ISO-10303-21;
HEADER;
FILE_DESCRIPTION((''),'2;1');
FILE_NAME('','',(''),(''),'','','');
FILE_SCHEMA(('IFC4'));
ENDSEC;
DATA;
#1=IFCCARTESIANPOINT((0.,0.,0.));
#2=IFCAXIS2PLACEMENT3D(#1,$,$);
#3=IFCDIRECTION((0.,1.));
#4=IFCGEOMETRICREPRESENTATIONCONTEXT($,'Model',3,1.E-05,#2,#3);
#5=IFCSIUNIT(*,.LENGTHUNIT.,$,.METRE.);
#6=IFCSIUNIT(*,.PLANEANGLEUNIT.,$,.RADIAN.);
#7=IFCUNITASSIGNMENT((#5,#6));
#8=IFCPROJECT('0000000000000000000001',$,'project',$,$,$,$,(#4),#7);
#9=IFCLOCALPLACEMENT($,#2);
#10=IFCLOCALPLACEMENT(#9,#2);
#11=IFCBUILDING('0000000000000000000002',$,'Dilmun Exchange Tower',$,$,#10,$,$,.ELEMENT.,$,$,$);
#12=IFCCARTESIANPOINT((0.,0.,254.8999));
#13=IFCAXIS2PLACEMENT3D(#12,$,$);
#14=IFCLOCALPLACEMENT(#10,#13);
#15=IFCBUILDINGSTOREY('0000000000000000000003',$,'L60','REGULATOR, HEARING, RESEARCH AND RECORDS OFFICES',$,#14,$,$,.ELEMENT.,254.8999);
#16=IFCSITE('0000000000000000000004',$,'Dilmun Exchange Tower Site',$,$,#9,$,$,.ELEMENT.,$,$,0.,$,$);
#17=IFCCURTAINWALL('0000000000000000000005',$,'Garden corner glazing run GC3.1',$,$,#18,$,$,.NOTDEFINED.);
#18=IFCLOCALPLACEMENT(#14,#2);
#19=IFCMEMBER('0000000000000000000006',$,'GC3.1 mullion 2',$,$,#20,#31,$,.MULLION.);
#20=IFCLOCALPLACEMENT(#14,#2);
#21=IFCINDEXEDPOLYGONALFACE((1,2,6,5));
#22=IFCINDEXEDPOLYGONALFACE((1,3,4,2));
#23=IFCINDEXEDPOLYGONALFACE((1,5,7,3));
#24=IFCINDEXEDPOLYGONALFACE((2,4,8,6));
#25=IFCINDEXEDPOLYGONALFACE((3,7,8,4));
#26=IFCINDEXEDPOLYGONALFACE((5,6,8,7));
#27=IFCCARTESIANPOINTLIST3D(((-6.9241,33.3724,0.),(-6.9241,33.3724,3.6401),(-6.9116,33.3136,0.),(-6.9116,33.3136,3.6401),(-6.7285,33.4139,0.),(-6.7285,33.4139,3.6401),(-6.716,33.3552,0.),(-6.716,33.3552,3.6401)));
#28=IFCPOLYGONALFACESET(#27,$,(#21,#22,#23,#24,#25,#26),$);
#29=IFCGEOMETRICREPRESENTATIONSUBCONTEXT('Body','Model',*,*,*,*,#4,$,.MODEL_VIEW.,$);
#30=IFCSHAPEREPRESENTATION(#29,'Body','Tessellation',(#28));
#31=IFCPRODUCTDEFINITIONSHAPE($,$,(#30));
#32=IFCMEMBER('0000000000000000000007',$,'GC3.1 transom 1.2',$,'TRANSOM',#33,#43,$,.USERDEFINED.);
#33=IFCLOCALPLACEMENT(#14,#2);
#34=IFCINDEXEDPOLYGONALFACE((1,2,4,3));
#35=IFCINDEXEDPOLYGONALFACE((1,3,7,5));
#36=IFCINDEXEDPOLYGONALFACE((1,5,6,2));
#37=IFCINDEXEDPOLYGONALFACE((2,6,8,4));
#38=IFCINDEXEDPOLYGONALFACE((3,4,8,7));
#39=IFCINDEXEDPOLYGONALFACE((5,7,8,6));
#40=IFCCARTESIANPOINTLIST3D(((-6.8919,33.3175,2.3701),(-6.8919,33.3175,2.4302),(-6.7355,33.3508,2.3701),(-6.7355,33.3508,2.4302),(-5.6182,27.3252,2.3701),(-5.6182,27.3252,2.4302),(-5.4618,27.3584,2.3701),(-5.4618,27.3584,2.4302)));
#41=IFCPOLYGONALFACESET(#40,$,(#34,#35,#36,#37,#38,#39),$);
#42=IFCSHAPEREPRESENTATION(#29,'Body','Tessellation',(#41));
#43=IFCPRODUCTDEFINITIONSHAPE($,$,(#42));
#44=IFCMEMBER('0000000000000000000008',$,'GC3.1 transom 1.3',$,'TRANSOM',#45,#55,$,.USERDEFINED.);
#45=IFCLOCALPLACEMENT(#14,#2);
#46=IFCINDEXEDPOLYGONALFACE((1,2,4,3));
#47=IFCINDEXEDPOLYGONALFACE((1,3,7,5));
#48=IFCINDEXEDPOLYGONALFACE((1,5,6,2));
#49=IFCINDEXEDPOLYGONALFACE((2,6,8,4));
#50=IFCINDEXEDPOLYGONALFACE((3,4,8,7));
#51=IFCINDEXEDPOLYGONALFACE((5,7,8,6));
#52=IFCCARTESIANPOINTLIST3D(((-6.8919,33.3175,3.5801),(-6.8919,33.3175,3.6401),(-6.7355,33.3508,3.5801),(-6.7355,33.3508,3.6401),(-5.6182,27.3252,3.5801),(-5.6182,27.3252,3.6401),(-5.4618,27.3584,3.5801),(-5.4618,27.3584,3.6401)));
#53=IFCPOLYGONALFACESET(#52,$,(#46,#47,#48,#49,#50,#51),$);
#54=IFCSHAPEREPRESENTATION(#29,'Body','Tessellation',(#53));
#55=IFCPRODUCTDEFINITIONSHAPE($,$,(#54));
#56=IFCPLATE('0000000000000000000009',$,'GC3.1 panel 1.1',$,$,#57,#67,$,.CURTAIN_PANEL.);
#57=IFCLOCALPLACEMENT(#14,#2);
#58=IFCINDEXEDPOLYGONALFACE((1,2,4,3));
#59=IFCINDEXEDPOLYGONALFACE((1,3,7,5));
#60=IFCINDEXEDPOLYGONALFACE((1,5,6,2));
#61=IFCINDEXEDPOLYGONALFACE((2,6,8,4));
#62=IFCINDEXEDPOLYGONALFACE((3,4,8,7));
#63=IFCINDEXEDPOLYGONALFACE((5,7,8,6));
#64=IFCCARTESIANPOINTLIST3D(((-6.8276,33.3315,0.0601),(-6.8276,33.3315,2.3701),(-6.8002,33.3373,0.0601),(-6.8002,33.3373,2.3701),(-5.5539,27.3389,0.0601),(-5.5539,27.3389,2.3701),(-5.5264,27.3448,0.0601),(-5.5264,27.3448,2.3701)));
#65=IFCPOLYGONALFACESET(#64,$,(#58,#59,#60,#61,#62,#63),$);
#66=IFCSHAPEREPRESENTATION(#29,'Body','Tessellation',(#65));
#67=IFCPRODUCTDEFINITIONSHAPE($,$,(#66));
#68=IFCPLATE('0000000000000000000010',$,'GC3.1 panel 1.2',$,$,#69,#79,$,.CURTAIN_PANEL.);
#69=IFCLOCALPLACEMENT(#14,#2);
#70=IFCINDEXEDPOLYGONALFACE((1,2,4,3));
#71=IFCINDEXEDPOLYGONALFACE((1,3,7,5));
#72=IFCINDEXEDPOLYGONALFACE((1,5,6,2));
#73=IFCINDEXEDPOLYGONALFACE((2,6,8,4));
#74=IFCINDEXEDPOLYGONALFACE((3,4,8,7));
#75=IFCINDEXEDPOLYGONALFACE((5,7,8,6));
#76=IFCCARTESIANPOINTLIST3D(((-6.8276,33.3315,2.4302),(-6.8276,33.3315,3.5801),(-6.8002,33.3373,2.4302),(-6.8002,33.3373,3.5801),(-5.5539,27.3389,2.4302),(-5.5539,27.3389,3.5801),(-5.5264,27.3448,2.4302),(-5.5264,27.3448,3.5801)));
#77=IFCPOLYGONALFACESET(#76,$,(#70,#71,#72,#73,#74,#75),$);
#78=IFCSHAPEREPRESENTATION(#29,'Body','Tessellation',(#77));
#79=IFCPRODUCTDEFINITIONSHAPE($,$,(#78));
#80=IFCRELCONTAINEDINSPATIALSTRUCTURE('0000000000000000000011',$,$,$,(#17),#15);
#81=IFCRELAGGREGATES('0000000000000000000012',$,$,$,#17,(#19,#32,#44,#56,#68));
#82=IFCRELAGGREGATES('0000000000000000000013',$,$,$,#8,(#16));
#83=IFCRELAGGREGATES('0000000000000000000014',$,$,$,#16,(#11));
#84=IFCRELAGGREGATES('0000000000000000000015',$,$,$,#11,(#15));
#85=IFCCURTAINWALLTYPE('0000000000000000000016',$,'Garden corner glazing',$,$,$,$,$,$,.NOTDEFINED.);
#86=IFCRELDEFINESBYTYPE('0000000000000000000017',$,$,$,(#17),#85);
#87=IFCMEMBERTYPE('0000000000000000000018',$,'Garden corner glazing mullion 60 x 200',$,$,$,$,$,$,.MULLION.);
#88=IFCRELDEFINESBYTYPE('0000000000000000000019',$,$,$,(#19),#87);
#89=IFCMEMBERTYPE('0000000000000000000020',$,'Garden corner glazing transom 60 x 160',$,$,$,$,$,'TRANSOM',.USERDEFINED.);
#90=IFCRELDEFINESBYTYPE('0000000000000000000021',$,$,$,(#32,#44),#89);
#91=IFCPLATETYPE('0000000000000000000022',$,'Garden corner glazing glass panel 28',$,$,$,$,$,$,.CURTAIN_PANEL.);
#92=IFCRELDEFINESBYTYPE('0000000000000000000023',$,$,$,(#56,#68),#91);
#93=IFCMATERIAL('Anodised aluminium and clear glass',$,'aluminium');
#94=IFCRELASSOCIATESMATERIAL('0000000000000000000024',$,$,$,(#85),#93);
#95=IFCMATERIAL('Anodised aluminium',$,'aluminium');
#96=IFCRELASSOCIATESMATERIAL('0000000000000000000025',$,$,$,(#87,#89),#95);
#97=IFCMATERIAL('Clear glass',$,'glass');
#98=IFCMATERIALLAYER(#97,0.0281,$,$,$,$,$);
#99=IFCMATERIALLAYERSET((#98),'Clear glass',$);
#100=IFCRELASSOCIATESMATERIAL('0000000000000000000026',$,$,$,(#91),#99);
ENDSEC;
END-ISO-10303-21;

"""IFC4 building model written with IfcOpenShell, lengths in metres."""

from ifc_helpers import new_model, si_unit, direction, frame, origin, origin_2d, place, context, subcontext, project, spatial, rectangle, extrude, material, layer, layer_set, material_profile, profile_set, type_object, element, aggregate, save


model = new_model("IFC4")

# Units and contexts
model_context = context("Model", 3, precision=1e-05, world=origin(), true_north=direction((0.0, 1.0)))
body_context = subcontext(model_context, "Body", "Model", "MODEL_VIEW")
ifc_project = project(units=[si_unit("LENGTHUNIT", "METRE"), si_unit("PLANEANGLEUNIT", "RADIAN")], contexts=[model_context])

# Site, building, storey
site_placement = place(None, origin())
site = spatial("IfcSite", under=ifc_project, at=site_placement, Name="Dilmun Exchange Tower Site", CompositionType="ELEMENT", RefElevation=0.0)
building_placement = place(site_placement, origin())
building = spatial("IfcBuilding", under=site, at=building_placement, Name="Dilmun Exchange Tower", CompositionType="ELEMENT")
storey_placement = place(building_placement, frame((0.0, 0.0, 254.8999)))
storey = spatial("IfcBuildingStorey", under=building, at=storey_placement, Name="L60", Description="REGULATOR, HEARING, RESEARCH AND RECORDS OFFICES", CompositionType="ELEMENT", Elevation=254.8999)

# Curtain wall, members, plates
ifc_material_1 = material(Name="Anodised aluminium and clear glass", Category="aluminium")
curtain_wall_type = type_object("IfcCurtainWallType", Name="Garden corner glazing", PredefinedType="NOTDEFINED", material=ifc_material_1)
curtain_wall_placement = place(storey_placement, origin())
curtain_wall = element("IfcCurtainWall", 1, at=curtain_wall_placement, inside=storey, type_object=curtain_wall_type, Name="Garden corner glazing run GC3.1", PredefinedType="NOTDEFINED")
ifc_material_2 = material(Name="Anodised aluminium", Category="aluminium")
ifc_material_profile_1 = material_profile(ifc_material_2, rectangle(XDim=0.2, YDim=0.0601, at=origin_2d()), Name="AL 60x200")
ifc_profile_set_1 = profile_set([ifc_material_profile_1], Name="Anodised aluminium")
member_type_1 = type_object("IfcMemberType", Name="Garden corner glazing mullion 60 x 200", PredefinedType="MULLION", material=ifc_profile_set_1)
member_1_placement = place(storey_placement, frame((-6.8201, 33.3638, 0.0), z_axis=(0.0, 0.0, 1.0), x_axis=(-0.978148, -0.207912, 0.0)))
member_1 = element("IfcMember", 2, at=member_1_placement, type_object=member_type_1, Name="GC3.1 mullion 2", PredefinedType="MULLION", context=body_context, shape_type="SweptSolid", body=[
    extrude(rectangle(XDim=0.2, YDim=0.0601, at=origin_2d()), origin(), (0.0, 0.0, 1.0), 3.6401),
])
ifc_material_profile_2 = material_profile(ifc_material_2, rectangle(XDim=0.1599, YDim=0.0601, at=origin_2d()), Name="AL 60x160")
ifc_profile_set_2 = profile_set([ifc_material_profile_2], Name="Anodised aluminium")
member_type_2 = type_object("IfcMemberType", Name="Garden corner glazing transom 60 x 160", ElementType="TRANSOM", PredefinedType="USERDEFINED", material=ifc_profile_set_2)
member_2_placement = place(storey_placement, frame((-5.54, 27.3418, 2.4001), z_axis=(-0.207904, 0.978149, 0.0), x_axis=(-0.978149, -0.207904, 0.0)))
member_2 = element("IfcMember", 3, at=member_2_placement, type_object=member_type_2, Name="GC3.1 transom 1.2", ObjectType="TRANSOM", PredefinedType="USERDEFINED", context=body_context, shape_type="SweptSolid", body=[
    extrude(rectangle(XDim=0.1599, YDim=0.0601, at=origin_2d()), origin(), (0.0, 0.0, 1.0), 6.1262),
])
member_3_placement = place(storey_placement, frame((-5.54, 27.3418, 3.6101), z_axis=(-0.207904, 0.978149, 0.0), x_axis=(-0.978149, -0.207904, 0.0)))
member_3 = element("IfcMember", 4, at=member_3_placement, type_object=member_type_2, Name="GC3.1 transom 1.3", ObjectType="TRANSOM", PredefinedType="USERDEFINED", context=body_context, shape_type="SweptSolid", body=[
    extrude(rectangle(XDim=0.1599, YDim=0.0601, at=origin_2d()), origin(), (0.0, 0.0, 1.0), 6.1262),
])
ifc_material_3 = material(Name="Clear glass", Category="glass")
ifc_layer_1 = layer(ifc_material_3, 0.0281)
ifc_layer_set_1 = layer_set([ifc_layer_1], Name="Clear glass")
plate_type = type_object("IfcPlateType", Name="Garden corner glazing glass panel 28", PredefinedType="CURTAIN_PANEL", material=ifc_layer_set_1)
plate_1_placement = place(storey_placement, frame((-6.177, 30.3381, 0.0601), z_axis=(0.0, 0.0, 1.0), x_axis=(-0.207912, 0.978148, 0.0)))
plate_1 = element("IfcPlate", 5, at=plate_1_placement, type_object=plate_type, Name="GC3.1 panel 1.1", PredefinedType="CURTAIN_PANEL", context=body_context, shape_type="SweptSolid", body=[
    extrude(rectangle(XDim=6.1265, YDim=0.0281, at=origin_2d()), origin(), (0.0, 0.0, 1.0), 2.3101),
])
plate_2_placement = place(storey_placement, frame((-6.177, 30.3381, 2.4302), z_axis=(0.0, 0.0, 1.0), x_axis=(-0.207912, 0.978148, 0.0)))
plate_2 = element("IfcPlate", 6, at=plate_2_placement, type_object=plate_type, Name="GC3.1 panel 1.2", PredefinedType="CURTAIN_PANEL", context=body_context, shape_type="SweptSolid", body=[
    extrude(rectangle(XDim=6.1265, YDim=0.0281, at=origin_2d()), origin(), (0.0, 0.0, 1.0), 1.1499),
])
aggregate(curtain_wall, [member_1, member_2, member_3, plate_1, plate_2])

save(model, "model.ifc")
